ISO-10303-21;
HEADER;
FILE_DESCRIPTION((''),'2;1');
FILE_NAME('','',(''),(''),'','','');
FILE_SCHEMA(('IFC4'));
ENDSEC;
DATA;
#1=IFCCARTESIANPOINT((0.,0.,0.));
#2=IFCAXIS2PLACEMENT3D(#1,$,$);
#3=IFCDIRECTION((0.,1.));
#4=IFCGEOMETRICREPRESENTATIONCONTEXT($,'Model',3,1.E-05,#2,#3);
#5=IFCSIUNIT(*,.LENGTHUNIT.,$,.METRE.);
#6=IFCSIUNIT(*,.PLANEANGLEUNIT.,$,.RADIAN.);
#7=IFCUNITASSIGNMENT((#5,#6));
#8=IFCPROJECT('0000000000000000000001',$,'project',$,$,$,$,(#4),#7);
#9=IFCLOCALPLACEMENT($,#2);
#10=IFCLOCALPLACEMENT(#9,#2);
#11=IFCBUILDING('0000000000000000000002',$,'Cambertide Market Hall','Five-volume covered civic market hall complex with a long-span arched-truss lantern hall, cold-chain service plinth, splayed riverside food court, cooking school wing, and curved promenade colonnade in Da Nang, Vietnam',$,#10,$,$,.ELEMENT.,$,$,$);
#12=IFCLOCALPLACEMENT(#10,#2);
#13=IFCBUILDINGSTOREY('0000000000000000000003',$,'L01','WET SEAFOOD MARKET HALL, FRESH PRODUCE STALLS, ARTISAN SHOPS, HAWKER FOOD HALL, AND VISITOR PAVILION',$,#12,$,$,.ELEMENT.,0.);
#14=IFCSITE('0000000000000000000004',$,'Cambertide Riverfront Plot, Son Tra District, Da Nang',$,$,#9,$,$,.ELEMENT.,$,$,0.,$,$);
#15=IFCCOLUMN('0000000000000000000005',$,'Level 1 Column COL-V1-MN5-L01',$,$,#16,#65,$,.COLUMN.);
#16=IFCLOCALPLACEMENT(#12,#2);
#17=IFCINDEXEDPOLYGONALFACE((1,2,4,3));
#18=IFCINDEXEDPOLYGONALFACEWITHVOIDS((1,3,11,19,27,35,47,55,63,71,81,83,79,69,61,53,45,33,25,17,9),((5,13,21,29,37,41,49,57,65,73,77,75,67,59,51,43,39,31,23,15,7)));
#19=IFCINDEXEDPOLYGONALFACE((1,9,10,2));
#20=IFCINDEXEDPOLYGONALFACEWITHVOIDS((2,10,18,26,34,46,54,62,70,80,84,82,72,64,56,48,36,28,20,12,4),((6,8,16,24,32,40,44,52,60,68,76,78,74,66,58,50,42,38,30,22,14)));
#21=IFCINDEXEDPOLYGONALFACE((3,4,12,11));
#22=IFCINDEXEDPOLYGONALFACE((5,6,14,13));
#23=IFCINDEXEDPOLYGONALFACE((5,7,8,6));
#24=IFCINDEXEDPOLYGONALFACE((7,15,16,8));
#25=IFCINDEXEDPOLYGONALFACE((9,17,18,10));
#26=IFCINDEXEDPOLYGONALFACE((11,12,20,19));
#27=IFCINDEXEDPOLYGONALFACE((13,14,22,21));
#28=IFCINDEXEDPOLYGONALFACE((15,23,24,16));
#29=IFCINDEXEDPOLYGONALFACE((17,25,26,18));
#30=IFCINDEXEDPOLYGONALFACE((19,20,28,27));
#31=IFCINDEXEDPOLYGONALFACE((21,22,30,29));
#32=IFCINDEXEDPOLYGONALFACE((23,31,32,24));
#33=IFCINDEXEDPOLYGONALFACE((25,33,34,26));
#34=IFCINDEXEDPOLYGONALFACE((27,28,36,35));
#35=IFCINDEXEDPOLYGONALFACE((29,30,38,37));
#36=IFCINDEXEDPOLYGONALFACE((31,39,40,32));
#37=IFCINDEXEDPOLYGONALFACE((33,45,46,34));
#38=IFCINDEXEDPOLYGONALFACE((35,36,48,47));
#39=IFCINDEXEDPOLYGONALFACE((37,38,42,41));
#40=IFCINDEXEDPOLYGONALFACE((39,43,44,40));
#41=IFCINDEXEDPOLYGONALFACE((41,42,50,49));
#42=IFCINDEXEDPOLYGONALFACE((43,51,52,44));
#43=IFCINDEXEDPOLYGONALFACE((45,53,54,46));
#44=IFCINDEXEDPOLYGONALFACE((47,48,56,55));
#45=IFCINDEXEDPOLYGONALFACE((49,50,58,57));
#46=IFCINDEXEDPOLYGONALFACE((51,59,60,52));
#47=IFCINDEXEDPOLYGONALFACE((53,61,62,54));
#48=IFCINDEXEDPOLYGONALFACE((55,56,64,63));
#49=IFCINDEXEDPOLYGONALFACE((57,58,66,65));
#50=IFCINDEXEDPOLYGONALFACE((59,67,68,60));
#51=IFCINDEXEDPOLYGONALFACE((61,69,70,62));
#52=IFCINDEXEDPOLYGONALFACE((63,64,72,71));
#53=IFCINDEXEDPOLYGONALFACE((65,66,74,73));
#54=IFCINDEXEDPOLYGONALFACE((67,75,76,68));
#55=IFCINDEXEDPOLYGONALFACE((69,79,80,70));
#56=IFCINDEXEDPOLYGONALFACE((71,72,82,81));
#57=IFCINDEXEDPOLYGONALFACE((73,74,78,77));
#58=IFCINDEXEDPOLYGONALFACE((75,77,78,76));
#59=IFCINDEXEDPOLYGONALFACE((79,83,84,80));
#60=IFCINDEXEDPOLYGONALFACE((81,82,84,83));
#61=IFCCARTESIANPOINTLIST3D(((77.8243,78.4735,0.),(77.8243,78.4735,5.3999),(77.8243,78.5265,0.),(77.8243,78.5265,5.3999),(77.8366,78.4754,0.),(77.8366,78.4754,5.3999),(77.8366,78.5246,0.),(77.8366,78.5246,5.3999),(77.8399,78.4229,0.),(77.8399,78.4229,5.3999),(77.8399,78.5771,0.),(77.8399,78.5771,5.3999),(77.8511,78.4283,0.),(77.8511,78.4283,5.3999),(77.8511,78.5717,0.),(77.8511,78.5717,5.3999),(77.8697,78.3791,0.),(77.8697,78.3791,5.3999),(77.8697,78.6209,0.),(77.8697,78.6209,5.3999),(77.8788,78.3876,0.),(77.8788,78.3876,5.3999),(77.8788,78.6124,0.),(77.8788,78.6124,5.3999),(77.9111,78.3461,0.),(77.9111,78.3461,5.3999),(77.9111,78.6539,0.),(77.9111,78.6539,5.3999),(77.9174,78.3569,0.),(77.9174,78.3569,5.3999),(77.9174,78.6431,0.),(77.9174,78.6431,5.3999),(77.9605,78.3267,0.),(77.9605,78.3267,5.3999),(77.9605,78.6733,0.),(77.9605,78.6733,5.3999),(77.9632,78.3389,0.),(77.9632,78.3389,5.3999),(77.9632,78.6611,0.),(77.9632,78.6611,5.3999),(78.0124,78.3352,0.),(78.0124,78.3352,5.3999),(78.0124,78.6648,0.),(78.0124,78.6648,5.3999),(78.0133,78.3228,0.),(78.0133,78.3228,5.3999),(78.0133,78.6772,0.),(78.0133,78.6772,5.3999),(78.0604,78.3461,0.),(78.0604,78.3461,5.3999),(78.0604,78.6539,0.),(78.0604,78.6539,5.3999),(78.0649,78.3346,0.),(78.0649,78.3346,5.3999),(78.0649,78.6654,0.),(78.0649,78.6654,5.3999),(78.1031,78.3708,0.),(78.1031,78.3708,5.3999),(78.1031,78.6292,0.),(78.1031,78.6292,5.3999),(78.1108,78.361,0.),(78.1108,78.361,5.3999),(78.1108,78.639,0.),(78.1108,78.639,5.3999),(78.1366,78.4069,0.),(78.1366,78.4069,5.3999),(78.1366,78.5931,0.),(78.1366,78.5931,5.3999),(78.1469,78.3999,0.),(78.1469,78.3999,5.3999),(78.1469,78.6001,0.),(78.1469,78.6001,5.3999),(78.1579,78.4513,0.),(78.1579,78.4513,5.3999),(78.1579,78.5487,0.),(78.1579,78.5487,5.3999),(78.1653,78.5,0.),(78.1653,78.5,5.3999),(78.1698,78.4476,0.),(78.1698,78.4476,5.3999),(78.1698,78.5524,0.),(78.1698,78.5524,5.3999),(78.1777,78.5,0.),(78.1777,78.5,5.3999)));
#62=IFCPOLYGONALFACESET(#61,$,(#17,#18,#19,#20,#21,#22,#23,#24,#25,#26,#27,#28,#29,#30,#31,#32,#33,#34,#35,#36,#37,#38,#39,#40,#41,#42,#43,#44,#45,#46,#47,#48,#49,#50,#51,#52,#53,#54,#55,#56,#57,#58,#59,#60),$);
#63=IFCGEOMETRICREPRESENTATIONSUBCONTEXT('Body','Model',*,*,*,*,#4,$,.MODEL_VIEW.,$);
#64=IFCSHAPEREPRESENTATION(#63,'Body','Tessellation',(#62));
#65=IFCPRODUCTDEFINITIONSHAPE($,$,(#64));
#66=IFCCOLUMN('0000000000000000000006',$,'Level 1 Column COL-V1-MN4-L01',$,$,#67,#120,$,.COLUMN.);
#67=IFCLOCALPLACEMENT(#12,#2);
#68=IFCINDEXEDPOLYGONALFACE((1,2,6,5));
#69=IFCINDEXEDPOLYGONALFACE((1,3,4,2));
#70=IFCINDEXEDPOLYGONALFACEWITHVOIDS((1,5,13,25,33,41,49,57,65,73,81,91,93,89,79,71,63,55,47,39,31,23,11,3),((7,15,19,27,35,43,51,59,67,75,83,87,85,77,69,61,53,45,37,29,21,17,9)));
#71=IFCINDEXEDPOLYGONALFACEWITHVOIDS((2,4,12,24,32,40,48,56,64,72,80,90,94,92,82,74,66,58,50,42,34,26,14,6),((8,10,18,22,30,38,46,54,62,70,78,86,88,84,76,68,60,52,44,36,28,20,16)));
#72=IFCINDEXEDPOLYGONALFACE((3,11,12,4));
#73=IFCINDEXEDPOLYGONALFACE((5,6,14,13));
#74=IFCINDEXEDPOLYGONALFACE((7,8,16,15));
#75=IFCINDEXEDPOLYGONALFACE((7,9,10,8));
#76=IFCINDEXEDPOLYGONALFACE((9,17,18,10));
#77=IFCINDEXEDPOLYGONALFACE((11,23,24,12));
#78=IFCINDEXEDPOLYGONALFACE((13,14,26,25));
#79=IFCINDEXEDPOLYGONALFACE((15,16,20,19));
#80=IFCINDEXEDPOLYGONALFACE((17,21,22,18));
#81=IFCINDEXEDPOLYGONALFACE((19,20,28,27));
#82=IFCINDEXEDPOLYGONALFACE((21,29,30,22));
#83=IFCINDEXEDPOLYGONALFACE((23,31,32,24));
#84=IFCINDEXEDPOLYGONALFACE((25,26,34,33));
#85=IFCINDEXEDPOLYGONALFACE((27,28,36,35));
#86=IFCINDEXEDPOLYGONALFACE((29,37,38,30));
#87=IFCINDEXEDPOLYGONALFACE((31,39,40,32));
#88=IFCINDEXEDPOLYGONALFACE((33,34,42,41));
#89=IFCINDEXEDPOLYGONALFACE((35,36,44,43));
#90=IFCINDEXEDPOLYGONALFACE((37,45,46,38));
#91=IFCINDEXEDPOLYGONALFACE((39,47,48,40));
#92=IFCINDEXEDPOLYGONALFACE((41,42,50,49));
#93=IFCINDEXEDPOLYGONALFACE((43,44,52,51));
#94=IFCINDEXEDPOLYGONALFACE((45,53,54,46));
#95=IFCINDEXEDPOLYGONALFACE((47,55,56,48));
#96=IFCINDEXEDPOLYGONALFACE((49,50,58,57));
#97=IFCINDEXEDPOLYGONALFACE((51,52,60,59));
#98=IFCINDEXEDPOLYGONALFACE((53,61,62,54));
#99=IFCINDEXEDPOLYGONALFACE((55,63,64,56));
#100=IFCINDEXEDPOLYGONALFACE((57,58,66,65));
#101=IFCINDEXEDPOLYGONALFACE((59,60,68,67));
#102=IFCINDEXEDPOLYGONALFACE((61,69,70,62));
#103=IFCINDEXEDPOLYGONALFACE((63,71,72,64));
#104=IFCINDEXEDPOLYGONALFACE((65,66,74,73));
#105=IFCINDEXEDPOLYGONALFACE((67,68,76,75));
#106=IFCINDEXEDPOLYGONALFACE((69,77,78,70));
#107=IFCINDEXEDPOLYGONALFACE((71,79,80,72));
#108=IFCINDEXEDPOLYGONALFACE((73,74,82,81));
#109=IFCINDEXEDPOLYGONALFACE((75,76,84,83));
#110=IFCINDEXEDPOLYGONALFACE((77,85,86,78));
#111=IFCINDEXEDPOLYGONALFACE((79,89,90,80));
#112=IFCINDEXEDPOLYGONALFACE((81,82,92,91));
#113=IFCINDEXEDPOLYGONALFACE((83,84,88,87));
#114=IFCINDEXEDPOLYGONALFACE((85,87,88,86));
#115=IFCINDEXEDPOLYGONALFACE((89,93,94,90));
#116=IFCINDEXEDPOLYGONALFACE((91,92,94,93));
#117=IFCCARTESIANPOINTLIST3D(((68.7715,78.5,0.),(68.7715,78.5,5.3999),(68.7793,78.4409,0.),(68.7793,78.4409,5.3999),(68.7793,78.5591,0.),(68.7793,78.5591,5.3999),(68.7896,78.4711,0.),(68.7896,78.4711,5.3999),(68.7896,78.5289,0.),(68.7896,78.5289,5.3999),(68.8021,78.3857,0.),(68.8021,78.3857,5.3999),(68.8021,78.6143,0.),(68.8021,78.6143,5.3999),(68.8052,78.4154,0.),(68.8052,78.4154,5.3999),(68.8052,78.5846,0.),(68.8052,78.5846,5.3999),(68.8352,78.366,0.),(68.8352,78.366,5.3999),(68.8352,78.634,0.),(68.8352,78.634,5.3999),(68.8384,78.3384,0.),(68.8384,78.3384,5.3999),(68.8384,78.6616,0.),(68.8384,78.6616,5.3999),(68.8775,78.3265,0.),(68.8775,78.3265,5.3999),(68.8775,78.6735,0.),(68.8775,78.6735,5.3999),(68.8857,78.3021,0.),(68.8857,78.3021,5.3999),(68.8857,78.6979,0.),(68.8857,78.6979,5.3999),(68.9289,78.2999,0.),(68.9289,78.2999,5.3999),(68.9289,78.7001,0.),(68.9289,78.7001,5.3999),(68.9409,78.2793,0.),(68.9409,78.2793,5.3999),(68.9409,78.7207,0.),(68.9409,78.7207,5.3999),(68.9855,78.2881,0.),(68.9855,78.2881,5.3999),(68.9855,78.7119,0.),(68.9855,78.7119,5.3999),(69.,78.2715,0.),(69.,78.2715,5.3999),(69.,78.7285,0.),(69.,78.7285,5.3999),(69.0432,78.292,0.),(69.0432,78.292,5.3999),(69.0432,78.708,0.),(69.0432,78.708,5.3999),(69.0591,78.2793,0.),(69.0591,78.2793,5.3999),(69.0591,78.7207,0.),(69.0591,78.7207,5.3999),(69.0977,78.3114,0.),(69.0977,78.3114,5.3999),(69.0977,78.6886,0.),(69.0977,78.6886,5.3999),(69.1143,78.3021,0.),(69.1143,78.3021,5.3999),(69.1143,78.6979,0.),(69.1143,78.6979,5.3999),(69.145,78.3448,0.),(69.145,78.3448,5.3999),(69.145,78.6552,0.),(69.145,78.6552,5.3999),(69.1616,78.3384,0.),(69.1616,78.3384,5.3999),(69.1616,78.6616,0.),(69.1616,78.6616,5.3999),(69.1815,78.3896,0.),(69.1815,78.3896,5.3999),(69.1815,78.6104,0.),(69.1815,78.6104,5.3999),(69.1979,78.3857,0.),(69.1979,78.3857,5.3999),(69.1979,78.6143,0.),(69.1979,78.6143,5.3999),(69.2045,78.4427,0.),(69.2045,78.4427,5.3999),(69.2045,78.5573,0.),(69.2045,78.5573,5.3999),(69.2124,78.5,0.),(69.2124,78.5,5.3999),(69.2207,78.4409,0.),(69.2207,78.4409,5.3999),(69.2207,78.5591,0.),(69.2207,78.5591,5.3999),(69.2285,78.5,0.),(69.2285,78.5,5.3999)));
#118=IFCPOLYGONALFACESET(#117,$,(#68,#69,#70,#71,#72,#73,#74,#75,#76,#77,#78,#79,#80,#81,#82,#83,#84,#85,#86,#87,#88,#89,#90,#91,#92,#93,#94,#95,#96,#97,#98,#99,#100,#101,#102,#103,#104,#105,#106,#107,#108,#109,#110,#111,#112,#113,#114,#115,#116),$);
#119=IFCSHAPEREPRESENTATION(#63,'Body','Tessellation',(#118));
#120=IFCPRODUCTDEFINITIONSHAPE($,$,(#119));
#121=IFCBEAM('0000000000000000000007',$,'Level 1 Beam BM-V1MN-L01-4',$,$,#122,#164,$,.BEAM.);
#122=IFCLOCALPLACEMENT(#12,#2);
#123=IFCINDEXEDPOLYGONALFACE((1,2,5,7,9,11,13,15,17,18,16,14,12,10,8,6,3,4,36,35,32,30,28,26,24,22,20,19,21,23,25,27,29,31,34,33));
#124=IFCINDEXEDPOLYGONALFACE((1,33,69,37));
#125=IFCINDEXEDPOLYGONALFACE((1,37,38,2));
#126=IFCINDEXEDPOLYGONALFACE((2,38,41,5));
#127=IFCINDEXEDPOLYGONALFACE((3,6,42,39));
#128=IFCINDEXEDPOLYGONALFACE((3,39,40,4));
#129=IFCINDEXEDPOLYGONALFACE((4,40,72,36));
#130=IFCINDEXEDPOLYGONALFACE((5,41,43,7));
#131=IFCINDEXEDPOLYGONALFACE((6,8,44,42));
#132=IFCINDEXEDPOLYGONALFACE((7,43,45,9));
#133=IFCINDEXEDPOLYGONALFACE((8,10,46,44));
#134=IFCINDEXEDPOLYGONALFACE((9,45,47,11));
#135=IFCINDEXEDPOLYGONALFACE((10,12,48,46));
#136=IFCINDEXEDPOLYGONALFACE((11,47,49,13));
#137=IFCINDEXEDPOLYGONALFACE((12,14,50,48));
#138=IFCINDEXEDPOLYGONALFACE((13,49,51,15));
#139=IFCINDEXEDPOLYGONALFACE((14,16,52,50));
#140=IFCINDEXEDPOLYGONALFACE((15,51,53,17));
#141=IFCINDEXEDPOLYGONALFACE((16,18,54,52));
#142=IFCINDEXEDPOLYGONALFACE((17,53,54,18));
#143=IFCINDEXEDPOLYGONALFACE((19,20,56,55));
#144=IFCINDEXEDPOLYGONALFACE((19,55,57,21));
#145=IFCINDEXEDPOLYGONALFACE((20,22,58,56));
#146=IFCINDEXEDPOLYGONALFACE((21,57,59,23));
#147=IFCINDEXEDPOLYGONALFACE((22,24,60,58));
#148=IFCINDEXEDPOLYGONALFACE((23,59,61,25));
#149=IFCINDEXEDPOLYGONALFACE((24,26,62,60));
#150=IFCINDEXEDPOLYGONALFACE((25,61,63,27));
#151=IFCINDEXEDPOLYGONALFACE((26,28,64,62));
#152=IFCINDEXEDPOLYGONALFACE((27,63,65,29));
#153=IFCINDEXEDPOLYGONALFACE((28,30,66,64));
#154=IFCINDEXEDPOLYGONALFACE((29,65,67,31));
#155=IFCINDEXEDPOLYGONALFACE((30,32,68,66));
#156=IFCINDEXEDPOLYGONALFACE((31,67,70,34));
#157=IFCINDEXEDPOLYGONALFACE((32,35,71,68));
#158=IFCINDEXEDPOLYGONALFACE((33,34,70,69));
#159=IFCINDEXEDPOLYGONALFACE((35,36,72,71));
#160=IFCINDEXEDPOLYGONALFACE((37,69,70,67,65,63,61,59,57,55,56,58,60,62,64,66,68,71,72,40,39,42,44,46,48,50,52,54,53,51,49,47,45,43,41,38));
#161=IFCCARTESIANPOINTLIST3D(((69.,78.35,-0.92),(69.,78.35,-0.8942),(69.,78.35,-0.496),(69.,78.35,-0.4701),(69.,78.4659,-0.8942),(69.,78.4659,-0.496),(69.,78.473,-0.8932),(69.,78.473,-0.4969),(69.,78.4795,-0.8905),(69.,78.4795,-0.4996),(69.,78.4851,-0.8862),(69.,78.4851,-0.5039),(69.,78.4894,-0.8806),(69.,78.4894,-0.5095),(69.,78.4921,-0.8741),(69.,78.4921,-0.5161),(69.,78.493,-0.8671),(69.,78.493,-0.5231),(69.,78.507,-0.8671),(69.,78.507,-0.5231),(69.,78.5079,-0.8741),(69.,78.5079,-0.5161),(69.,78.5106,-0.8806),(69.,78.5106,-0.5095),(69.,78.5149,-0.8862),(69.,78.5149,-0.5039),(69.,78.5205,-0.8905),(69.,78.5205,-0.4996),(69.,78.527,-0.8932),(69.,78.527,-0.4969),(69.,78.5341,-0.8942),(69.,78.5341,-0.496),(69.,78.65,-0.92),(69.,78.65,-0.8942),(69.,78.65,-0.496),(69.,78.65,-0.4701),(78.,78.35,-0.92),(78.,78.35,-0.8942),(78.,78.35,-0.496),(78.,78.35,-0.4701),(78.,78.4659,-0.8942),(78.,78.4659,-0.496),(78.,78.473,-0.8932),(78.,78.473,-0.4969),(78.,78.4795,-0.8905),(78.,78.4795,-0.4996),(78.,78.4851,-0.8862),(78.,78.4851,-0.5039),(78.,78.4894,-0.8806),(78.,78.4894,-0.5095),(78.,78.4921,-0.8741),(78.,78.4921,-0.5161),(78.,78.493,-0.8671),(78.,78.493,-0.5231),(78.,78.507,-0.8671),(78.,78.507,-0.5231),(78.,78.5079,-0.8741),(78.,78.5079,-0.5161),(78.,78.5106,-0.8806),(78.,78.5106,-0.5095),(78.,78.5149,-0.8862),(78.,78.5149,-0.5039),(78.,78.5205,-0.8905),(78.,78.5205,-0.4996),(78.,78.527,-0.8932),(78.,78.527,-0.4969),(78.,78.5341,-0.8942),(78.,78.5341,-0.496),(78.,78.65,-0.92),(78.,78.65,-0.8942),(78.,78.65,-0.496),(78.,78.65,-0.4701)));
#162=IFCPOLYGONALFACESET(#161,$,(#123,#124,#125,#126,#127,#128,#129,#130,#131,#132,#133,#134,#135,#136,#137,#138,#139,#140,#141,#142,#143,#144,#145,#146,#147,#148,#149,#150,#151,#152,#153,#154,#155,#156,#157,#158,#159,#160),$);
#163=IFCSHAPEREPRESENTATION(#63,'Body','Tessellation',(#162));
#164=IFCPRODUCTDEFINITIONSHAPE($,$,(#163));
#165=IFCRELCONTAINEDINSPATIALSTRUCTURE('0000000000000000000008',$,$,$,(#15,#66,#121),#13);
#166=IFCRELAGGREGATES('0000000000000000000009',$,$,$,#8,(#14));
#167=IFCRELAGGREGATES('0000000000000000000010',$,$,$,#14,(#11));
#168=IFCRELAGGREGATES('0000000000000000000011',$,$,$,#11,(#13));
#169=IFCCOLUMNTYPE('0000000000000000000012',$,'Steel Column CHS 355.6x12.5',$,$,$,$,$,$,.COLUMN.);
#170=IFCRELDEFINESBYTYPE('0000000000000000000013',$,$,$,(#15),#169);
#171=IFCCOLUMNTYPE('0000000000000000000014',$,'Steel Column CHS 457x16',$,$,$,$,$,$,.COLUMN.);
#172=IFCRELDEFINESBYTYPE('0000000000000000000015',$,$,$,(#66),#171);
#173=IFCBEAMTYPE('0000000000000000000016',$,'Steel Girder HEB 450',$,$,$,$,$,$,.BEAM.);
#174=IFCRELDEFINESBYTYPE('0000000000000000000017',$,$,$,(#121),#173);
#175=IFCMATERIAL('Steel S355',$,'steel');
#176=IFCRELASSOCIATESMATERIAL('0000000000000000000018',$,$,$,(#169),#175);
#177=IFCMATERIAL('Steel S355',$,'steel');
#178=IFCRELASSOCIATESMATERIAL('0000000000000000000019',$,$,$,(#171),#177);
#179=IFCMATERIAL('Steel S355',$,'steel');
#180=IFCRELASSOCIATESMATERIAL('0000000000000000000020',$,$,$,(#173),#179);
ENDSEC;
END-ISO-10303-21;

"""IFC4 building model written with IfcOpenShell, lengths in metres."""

from ifc_helpers import new_model, si_unit, direction, frame, origin, origin_2d, place, context, subcontext, project, spatial, hollow_circle, i_section, extrude, material, material_profile, profile_set, type_object, element, save


model = new_model("IFC4")

# Units and contexts
model_context = context("Model", 3, precision=1e-05, world=origin(), true_north=direction((0.0, 1.0)))
body_context = subcontext(model_context, "Body", "Model", "MODEL_VIEW")
ifc_project = project(units=[si_unit("LENGTHUNIT", "METRE"), si_unit("PLANEANGLEUNIT", "RADIAN")], contexts=[model_context])

# Site, building, storey
site_placement = place(None, origin())
site = spatial("IfcSite", under=ifc_project, at=site_placement, Name="Cambertide Riverfront Plot, Son Tra District, Da Nang", CompositionType="ELEMENT", RefElevation=0.0)
building_placement = place(site_placement, origin())
building = spatial("IfcBuilding", under=site, at=building_placement, Name="Cambertide Market Hall", Description="Five-volume covered civic market hall complex with a long-span arched-truss lantern hall, cold-chain service plinth, splayed riverside food court, cooking school wing, and curved promenade colonnade in Da Nang, Vietnam", CompositionType="ELEMENT")
storey_placement = place(building_placement, origin())
storey = spatial("IfcBuildingStorey", under=building, at=storey_placement, Name="L01", Description="WET SEAFOOD MARKET HALL, FRESH PRODUCE STALLS, ARTISAN SHOPS, HAWKER FOOD HALL, AND VISITOR PAVILION", CompositionType="ELEMENT", Elevation=0.0)

# Columns
ifc_material_1 = material(Name="Steel S355", Category="steel")
ifc_material_profile_1 = material_profile(ifc_material_1, hollow_circle(Radius=0.1777, WallThickness=0.0125, at=origin_2d()), Name="CHS 355.6x12.5")
ifc_profile_set_1 = profile_set([ifc_material_profile_1], Name="Steel S355")
column_type_1 = type_object("IfcColumnType", Name="Steel Column CHS 355.6x12.5", PredefinedType="COLUMN", material=ifc_profile_set_1)
column_1_placement = place(storey_placement, frame((78.0, 78.5, 0.0), z_axis=(0.0, 0.0, 1.0), x_axis=(1.0, 0.0, 0.0)))
element("IfcColumn", 1, at=column_1_placement, inside=storey, type_object=column_type_1, Name="Level 1 Column COL-V1-MN5-L01", PredefinedType="COLUMN", context=body_context, shape_type="SweptSolid", body=[
    extrude(hollow_circle(Radius=0.1777, WallThickness=0.0125, at=origin_2d()), origin(), (0.0, 0.0, 1.0), 5.3999),
])
ifc_material_2 = material(Name="Steel S355", Category="steel")
ifc_material_profile_2 = material_profile(ifc_material_2, hollow_circle(Radius=0.2285, WallThickness=0.0161, at=origin_2d()), Name="CHS 457x16")
ifc_profile_set_2 = profile_set([ifc_material_profile_2], Name="Steel S355")
column_type_2 = type_object("IfcColumnType", Name="Steel Column CHS 457x16", PredefinedType="COLUMN", material=ifc_profile_set_2)
column_2_placement = place(storey_placement, frame((69.0, 78.5, 0.0), z_axis=(0.0, 0.0, 1.0), x_axis=(1.0, 0.0, 0.0)))
element("IfcColumn", 2, at=column_2_placement, inside=storey, type_object=column_type_2, Name="Level 1 Column COL-V1-MN4-L01", PredefinedType="COLUMN", context=body_context, shape_type="SweptSolid", body=[
    extrude(hollow_circle(Radius=0.2285, WallThickness=0.0161, at=origin_2d()), origin(), (0.0, 0.0, 1.0), 5.3999),
])

# Beam
ifc_material_3 = material(Name="Steel S355", Category="steel")
ifc_material_profile_3 = material_profile(ifc_material_3, i_section(OverallWidth=0.3, OverallDepth=0.45, WebThickness=0.0139, FlangeThickness=0.0259, FilletRadius=0.0271, at=origin_2d()), Name="HEB 450")
ifc_profile_set_3 = profile_set([ifc_material_profile_3], Name="Steel S355")
beam_type_1 = type_object("IfcBeamType", Name="Steel Girder HEB 450", PredefinedType="BEAM", material=ifc_profile_set_3)
for number, where, z_axis, x_axis, name in (
    (3, (69.0, 78.5, -0.6951), (1.0, 0.0, 0.0), (0.0, 1.0, 0.0), "Level 1 Beam BM-V1MN-L01-4"),
):
    element("IfcBeam", number, at=place(storey_placement, frame(where, z_axis=z_axis, x_axis=x_axis)), inside=storey, type_object=beam_type_1, Name=name, PredefinedType="BEAM", context=body_context, shape_type="SweptSolid", body=[
        extrude(i_section(OverallWidth=0.3, OverallDepth=0.45, WebThickness=0.0139, FlangeThickness=0.0259, FilletRadius=0.0271, at=origin_2d()), origin(), (0.0, 0.0, 1.0), 9.0),
    ])

save(model, "model.ifc")
